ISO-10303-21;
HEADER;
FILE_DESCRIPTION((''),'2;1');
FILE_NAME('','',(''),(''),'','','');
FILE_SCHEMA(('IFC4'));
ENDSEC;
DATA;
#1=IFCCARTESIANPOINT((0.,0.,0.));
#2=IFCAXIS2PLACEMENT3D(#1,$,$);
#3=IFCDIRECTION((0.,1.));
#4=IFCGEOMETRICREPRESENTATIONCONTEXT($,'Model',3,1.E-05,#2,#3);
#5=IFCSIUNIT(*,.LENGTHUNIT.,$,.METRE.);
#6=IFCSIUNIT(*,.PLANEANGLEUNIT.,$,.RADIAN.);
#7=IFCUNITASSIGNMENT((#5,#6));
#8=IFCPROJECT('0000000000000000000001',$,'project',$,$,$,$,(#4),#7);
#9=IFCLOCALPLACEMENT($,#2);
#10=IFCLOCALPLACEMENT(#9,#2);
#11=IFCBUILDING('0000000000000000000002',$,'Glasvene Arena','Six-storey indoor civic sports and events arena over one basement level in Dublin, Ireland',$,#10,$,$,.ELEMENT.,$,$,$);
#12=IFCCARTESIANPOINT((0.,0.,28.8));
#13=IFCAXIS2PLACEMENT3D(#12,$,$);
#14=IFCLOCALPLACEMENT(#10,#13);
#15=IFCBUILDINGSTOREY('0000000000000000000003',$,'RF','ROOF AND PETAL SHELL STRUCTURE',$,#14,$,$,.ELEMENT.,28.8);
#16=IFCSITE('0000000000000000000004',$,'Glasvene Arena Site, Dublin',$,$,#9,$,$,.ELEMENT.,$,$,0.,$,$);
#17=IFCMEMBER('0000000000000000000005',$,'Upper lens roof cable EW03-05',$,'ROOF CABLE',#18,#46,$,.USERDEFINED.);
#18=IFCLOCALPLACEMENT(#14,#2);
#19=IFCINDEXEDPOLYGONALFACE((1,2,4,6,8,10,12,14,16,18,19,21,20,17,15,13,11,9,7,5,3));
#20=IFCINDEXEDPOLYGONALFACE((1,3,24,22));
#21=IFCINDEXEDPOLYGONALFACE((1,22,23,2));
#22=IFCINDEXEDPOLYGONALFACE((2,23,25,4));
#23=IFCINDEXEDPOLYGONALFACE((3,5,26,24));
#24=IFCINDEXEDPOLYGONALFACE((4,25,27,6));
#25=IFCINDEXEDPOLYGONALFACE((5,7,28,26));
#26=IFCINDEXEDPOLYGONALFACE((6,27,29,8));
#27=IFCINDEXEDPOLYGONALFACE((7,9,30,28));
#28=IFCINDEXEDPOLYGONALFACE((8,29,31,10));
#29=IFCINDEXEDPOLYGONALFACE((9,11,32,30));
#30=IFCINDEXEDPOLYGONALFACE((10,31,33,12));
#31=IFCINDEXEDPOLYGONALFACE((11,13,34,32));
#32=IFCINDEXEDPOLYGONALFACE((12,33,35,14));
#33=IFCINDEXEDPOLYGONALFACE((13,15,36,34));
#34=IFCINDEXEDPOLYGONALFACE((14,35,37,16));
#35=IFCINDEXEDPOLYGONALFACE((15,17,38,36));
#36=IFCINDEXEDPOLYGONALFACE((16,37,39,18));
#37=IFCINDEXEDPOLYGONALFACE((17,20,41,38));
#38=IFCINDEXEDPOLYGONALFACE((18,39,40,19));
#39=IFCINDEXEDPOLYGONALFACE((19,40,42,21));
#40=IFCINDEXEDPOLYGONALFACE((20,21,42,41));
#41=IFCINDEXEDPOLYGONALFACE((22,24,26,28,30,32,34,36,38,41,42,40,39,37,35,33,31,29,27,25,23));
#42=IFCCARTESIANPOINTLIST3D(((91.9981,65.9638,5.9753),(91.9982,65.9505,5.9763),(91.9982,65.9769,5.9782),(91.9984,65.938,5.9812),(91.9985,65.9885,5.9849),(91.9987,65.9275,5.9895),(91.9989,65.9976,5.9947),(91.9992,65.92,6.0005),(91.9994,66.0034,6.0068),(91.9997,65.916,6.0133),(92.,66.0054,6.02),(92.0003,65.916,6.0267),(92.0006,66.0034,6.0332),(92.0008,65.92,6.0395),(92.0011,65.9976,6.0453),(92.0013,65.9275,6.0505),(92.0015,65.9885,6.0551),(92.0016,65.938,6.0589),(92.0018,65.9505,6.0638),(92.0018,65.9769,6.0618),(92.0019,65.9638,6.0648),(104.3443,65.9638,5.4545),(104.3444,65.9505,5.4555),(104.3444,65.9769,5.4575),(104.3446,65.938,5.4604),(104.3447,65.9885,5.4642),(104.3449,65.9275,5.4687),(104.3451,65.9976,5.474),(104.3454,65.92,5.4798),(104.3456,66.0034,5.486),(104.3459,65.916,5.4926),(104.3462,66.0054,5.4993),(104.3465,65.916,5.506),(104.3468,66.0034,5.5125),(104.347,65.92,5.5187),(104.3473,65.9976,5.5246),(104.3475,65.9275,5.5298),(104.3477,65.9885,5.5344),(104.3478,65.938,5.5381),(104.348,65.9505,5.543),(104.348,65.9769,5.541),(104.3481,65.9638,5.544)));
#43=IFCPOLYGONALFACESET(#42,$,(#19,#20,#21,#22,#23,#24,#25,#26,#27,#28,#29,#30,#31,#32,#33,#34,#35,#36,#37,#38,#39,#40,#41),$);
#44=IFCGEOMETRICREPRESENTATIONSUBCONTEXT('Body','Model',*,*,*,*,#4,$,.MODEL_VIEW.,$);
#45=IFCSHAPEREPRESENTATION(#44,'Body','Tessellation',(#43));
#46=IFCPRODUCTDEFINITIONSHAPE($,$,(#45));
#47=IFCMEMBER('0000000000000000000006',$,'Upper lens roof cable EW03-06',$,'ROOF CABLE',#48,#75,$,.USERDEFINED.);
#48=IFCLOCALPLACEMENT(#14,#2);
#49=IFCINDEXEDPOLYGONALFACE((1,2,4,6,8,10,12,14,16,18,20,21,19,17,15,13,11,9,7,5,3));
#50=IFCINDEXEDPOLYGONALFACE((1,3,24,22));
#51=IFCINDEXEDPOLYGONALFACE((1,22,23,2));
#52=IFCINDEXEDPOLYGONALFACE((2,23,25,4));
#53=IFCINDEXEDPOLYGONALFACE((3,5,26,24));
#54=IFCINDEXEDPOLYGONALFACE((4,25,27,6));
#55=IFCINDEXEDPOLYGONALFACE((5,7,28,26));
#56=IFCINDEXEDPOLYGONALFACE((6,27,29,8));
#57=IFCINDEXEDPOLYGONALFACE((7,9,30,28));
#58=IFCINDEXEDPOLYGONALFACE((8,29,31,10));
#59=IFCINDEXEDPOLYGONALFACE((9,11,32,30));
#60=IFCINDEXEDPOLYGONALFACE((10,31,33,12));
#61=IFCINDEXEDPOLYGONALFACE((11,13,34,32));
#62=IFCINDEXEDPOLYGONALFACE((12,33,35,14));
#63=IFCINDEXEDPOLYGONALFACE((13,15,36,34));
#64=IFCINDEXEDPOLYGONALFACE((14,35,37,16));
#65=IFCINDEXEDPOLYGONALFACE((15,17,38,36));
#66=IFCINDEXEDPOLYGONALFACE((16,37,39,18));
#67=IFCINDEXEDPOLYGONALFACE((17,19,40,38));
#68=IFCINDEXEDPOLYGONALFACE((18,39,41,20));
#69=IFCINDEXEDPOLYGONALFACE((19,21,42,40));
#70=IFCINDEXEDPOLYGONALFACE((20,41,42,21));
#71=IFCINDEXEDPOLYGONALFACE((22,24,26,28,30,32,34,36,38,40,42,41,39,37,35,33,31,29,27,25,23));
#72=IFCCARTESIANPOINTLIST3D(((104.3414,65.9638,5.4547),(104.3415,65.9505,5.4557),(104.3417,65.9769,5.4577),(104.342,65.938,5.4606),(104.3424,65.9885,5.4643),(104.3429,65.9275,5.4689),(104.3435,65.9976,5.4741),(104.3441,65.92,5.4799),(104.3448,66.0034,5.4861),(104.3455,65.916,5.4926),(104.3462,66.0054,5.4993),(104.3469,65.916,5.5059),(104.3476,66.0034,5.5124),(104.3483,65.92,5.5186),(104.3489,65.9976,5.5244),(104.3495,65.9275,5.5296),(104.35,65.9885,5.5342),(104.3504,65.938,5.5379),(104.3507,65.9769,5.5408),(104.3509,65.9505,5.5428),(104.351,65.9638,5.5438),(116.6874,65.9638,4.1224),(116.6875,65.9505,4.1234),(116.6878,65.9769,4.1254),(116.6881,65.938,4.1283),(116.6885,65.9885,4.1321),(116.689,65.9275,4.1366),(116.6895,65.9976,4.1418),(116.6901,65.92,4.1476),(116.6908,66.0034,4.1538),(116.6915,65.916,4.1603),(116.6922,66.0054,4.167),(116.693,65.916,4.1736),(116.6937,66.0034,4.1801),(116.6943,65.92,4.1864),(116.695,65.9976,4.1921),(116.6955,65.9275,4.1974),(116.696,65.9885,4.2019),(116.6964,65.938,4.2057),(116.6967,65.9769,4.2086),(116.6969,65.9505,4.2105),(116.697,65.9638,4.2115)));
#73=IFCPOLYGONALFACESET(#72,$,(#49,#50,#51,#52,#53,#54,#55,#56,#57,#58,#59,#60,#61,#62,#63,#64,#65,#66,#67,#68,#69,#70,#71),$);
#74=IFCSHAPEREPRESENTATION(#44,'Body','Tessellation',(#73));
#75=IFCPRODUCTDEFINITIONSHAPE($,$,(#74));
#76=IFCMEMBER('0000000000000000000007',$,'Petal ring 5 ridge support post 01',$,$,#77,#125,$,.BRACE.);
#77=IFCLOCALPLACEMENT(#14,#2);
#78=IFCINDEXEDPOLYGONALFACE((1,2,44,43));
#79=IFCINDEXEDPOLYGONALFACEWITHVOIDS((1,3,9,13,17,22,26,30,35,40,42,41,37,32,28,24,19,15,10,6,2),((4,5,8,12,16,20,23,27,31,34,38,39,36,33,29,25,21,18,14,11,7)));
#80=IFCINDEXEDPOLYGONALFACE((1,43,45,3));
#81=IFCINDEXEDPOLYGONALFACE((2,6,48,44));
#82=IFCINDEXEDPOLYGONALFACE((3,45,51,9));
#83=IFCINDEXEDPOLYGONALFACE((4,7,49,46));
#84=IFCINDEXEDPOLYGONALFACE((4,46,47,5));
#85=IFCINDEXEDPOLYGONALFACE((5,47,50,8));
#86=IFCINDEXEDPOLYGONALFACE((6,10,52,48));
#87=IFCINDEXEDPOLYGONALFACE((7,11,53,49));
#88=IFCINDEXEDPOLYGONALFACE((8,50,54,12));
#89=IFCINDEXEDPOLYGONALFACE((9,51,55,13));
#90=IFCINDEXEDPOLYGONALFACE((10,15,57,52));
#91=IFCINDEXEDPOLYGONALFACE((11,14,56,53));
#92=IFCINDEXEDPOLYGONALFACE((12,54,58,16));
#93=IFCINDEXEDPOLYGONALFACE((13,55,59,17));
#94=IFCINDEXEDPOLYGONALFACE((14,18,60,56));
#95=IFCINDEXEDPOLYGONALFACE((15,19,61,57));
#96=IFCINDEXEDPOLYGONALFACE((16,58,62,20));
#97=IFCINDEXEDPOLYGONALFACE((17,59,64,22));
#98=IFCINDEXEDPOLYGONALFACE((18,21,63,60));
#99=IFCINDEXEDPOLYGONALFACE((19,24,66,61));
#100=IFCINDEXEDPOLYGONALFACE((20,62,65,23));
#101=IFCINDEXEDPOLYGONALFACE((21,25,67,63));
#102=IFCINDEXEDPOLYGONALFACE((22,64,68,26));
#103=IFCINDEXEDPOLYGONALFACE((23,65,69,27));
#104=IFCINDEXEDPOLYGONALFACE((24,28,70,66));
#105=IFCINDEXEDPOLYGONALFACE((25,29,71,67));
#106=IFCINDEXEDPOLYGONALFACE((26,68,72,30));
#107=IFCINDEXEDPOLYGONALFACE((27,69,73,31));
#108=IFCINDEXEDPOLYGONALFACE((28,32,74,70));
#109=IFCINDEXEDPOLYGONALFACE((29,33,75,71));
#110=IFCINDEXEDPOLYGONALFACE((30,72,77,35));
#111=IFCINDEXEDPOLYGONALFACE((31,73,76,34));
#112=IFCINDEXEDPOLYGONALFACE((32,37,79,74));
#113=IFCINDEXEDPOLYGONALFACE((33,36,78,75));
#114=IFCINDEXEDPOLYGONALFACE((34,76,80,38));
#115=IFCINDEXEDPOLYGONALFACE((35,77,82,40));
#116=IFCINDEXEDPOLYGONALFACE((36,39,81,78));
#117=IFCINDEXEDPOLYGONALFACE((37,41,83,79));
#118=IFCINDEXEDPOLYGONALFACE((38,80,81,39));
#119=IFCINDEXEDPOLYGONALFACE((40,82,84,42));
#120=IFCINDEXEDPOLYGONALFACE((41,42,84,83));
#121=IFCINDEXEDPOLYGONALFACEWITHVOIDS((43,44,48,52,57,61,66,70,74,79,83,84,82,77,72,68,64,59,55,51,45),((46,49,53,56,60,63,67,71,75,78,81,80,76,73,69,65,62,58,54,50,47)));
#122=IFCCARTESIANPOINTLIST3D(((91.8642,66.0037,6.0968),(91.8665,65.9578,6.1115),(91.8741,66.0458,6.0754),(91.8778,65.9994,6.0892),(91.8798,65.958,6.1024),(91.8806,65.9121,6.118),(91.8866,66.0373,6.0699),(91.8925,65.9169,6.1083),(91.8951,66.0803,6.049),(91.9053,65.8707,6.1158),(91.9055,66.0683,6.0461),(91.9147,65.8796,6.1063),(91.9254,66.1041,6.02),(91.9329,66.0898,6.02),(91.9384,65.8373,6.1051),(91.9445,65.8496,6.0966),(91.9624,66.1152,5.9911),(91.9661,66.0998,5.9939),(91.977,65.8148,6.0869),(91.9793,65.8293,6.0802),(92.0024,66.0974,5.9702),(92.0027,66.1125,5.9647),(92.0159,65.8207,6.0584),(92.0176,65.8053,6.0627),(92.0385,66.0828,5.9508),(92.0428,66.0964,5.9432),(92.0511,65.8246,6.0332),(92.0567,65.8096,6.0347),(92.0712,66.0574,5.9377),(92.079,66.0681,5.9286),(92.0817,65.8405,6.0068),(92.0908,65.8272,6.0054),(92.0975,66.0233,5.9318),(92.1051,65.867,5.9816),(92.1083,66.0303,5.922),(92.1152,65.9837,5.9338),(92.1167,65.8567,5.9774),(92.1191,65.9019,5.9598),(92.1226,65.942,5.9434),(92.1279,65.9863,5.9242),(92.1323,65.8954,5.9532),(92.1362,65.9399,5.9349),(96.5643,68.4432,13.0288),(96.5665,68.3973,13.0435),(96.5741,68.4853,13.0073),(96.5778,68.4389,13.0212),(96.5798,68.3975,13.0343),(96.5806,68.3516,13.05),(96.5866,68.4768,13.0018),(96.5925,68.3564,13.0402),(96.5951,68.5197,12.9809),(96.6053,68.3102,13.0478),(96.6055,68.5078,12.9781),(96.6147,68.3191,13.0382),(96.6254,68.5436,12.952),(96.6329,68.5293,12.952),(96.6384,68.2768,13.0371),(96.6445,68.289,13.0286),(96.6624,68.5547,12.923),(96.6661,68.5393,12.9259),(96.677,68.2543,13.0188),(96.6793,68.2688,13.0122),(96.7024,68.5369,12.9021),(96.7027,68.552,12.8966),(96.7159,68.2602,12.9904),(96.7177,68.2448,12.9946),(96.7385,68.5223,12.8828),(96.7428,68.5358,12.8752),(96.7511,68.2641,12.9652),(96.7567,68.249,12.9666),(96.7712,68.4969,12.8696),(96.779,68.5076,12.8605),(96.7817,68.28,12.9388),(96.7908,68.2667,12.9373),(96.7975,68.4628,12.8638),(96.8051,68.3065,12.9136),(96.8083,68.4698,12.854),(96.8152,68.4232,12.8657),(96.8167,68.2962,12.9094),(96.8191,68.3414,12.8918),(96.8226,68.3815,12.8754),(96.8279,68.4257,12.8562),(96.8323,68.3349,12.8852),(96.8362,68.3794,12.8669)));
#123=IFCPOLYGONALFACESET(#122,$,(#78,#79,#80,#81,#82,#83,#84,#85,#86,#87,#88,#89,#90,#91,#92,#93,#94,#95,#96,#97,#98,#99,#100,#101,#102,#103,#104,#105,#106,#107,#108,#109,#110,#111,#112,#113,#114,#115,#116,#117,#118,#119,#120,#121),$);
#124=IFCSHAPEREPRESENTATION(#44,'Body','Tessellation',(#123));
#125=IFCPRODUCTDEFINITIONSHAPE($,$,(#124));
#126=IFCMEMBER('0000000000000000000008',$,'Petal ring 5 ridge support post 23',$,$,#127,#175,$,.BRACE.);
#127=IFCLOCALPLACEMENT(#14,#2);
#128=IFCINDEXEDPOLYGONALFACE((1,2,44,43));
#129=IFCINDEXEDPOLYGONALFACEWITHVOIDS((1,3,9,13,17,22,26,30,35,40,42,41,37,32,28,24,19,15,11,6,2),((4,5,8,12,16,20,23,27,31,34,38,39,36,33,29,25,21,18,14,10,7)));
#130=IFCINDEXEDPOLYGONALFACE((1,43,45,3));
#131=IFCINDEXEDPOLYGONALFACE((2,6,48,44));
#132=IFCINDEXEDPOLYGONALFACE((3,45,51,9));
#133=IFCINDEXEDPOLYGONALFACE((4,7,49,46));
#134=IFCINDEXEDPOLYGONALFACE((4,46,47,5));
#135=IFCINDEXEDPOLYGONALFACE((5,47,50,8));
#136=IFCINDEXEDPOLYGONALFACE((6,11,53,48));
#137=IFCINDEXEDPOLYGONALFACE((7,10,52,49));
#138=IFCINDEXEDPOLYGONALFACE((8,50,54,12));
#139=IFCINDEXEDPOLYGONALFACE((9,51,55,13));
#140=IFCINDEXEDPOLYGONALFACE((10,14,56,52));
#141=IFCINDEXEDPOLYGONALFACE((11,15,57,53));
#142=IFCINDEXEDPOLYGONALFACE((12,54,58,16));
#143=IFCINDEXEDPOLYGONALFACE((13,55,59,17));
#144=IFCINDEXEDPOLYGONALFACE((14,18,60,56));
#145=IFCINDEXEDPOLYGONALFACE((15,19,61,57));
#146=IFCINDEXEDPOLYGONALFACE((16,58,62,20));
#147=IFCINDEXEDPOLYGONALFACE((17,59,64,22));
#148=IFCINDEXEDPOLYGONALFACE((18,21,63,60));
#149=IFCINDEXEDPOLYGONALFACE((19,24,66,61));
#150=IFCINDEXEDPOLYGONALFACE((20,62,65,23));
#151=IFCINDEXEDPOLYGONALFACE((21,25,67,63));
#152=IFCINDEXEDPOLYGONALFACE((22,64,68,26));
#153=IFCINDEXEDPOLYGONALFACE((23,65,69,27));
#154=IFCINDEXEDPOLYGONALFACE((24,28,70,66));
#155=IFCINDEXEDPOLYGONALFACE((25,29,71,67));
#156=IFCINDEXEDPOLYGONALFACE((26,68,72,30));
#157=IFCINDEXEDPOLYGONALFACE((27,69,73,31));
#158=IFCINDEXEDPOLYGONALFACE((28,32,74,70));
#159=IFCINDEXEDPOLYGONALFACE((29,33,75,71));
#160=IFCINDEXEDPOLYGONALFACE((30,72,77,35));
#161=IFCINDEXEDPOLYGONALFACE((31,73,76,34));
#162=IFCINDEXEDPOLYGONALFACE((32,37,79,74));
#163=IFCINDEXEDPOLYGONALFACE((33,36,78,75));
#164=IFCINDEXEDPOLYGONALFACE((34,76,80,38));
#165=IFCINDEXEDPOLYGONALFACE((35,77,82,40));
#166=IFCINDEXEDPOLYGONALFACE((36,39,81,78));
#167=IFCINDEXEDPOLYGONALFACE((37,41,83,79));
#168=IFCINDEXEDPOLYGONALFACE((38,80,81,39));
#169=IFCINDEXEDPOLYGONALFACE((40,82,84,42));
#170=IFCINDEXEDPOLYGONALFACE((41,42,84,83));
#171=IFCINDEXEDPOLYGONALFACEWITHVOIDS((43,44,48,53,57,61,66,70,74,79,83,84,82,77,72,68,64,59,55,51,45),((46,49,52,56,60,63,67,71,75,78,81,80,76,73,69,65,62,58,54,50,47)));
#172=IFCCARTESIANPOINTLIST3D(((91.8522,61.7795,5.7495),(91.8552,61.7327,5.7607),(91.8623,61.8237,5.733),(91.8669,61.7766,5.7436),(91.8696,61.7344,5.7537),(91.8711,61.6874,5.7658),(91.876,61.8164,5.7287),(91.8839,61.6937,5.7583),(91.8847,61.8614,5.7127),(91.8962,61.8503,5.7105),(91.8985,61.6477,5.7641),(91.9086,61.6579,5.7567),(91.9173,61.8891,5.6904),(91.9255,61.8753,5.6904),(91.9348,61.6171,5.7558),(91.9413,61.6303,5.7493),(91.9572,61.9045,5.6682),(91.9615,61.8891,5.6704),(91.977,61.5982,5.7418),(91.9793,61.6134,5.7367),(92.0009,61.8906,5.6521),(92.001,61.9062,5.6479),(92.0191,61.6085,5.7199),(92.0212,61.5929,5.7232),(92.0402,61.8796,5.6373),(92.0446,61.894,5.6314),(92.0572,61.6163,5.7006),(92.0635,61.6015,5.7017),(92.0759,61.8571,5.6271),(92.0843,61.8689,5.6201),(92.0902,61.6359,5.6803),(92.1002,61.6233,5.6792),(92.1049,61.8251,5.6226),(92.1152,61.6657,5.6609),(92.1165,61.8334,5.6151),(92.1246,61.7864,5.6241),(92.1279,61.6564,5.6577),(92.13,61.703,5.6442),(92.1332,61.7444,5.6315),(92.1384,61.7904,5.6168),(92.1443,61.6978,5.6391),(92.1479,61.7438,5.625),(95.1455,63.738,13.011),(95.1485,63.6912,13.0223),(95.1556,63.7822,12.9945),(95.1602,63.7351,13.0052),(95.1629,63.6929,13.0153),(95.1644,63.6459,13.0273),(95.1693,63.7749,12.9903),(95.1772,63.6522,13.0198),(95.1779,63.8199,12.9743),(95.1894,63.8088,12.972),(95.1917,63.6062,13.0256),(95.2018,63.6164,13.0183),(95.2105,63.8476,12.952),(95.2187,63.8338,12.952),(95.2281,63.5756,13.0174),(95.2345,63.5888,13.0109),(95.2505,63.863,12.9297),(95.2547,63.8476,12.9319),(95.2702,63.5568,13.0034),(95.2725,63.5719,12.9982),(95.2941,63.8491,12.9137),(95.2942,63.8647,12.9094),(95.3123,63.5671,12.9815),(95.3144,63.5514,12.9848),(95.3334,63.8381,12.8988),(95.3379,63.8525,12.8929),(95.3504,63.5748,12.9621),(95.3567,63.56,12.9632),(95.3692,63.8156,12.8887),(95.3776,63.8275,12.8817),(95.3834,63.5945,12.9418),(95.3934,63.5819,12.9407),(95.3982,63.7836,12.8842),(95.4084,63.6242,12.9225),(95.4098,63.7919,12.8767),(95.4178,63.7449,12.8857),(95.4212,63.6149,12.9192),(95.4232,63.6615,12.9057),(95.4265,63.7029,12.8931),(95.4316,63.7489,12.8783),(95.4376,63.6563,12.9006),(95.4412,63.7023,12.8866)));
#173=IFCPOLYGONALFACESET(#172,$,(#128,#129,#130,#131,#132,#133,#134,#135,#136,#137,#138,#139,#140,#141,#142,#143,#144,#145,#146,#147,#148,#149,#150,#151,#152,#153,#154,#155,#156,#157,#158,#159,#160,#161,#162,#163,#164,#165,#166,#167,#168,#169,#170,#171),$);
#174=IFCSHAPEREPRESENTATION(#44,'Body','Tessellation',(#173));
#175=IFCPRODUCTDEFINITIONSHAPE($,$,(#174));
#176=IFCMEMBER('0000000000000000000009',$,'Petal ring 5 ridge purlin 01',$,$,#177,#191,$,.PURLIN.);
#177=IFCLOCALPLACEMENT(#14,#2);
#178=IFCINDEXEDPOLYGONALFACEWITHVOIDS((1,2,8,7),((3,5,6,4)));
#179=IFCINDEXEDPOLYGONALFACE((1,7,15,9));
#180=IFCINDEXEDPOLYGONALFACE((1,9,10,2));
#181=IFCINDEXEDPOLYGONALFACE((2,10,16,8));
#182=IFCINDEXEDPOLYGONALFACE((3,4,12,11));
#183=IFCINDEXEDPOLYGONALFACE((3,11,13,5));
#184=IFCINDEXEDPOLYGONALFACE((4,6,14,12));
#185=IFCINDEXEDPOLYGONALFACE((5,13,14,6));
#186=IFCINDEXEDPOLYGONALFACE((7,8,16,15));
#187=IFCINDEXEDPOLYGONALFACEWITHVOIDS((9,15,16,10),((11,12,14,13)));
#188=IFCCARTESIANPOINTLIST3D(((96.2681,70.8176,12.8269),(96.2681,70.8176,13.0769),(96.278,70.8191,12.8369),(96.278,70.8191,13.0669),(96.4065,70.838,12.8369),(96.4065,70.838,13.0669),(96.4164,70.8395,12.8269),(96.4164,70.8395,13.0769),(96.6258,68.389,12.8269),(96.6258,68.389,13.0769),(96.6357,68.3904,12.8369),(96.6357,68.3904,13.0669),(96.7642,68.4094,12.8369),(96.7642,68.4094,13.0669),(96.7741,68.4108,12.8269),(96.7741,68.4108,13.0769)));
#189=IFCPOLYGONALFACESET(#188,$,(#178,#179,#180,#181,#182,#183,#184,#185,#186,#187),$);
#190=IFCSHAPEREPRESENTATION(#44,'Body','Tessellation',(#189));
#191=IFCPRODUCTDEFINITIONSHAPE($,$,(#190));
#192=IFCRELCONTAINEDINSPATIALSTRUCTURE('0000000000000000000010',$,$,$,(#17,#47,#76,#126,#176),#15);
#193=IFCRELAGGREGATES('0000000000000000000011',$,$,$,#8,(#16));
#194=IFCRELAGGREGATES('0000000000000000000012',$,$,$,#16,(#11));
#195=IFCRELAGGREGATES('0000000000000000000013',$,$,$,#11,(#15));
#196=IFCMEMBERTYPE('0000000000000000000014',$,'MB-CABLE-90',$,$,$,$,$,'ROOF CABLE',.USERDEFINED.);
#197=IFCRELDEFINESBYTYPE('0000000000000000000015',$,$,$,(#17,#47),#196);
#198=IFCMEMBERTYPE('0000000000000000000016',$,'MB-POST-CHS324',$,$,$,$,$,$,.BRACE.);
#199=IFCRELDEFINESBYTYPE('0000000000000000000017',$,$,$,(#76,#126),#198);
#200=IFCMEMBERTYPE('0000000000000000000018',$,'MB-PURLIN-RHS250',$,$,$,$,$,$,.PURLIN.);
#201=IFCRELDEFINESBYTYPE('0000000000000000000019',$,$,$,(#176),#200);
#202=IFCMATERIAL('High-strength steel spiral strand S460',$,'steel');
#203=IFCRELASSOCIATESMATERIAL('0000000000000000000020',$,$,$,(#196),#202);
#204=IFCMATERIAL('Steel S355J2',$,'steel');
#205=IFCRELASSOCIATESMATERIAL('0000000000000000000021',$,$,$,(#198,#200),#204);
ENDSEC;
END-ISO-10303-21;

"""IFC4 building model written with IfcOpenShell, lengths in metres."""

from ifc_helpers import new_model, si_unit, direction, frame, origin, origin_2d, place, context, subcontext, project, spatial, hollow_rectangle, circle, hollow_circle, extrude, material, material_profile, profile_set, type_object, element, save


model = new_model("IFC4")

# Units and contexts
model_context = context("Model", 3, precision=1e-05, world=origin(), true_north=direction((0.0, 1.0)))
body_context = subcontext(model_context, "Body", "Model", "MODEL_VIEW")
ifc_project = project(units=[si_unit("LENGTHUNIT", "METRE"), si_unit("PLANEANGLEUNIT", "RADIAN")], contexts=[model_context])

# Site, building, storey
site_placement = place(None, origin())
site = spatial("IfcSite", under=ifc_project, at=site_placement, Name="Glasvene Arena Site, Dublin", CompositionType="ELEMENT", RefElevation=0.0)
building_placement = place(site_placement, origin())
building = spatial("IfcBuilding", under=site, at=building_placement, Name="Glasvene Arena", Description="Six-storey indoor civic sports and events arena over one basement level in Dublin, Ireland", CompositionType="ELEMENT")
storey_placement = place(building_placement, frame((0.0, 0.0, 28.8)))
storey = spatial("IfcBuildingStorey", under=building, at=storey_placement, Name="RF", Description="ROOF AND PETAL SHELL STRUCTURE", CompositionType="ELEMENT", Elevation=28.8)

# Shared definitions
ifc_material_1 = material(Name="Steel S355J2", Category="steel")

# Members
ifc_material_2 = material(Name="High-strength steel spiral strand S460", Category="steel")
ifc_material_profile_1 = material_profile(ifc_material_2, circle(Radius=0.0449, at=origin_2d()), Name="LCSS D90")
ifc_profile_set_1 = profile_set([ifc_material_profile_1], Name="High-strength steel spiral strand S460")
member_type_1 = type_object("IfcMemberType", Name="MB-CABLE-90", ElementType="ROOF CABLE", PredefinedType="USERDEFINED", material=ifc_profile_set_1)
member_1_placement = place(storey_placement, frame((92.0, 65.9604, 6.02), z_axis=(0.999112, 0.0, -0.042142), x_axis=(0.0, 1.0, 0.0)))
element("IfcMember", 1, at=member_1_placement, inside=storey, type_object=member_type_1, Name="Upper lens roof cable EW03-05", ObjectType="ROOF CABLE", PredefinedType="USERDEFINED", context=body_context, shape_type="SweptSolid", body=[
    extrude(circle(Radius=0.0449, at=origin_2d()), origin(), (0.0, 0.0, 1.0), 12.3572),
])
member_2_placement = place(storey_placement, frame((104.3462, 65.9604, 5.4993), z_axis=(0.994228, 0.0, -0.107289), x_axis=(0.0, 1.0, 0.0)))
element("IfcMember", 2, at=member_2_placement, inside=storey, type_object=member_type_1, Name="Upper lens roof cable EW03-06", ObjectType="ROOF CABLE", PredefinedType="USERDEFINED", context=body_context, shape_type="SweptSolid", body=[
    extrude(circle(Radius=0.0449, at=origin_2d()), origin(), (0.0, 0.0, 1.0), 12.4177),
])
ifc_material_profile_2 = material_profile(ifc_material_1, hollow_circle(Radius=0.1619, WallThickness=0.0161, at=origin_2d()), Name="CHS 323.9x16.0")
ifc_profile_set_2 = profile_set([ifc_material_profile_2], Name="Steel S355J2")
member_type_2 = type_object("IfcMemberType", Name="MB-POST-CHS324", PredefinedType="BRACE", material=ifc_profile_set_2)
member_3_placement = place(storey_placement, frame((92.0, 65.9604, 6.02), z_axis=(0.538797, 0.279656, 0.794663), x_axis=(-0.46068, 0.887566, 0.0)))
element("IfcMember", 3, at=member_3_placement, inside=storey, type_object=member_type_2, Name="Petal ring 5 ridge support post 01", PredefinedType="BRACE", context=body_context, shape_type="SweptSolid", body=[
    extrude(hollow_circle(Radius=0.1619, WallThickness=0.0161, at=origin_2d()), origin(), (0.0, 0.0, 1.0), 8.7231),
])
member_4_placement = place(storey_placement, frame((92.0, 61.75, 5.6904), z_axis=(0.401105, 0.23854, 0.884429), x_axis=(-0.511147, 0.859494, 0.0)))
element("IfcMember", 4, at=member_4_placement, inside=storey, type_object=member_type_2, Name="Petal ring 5 ridge support post 23", PredefinedType="BRACE", context=body_context, shape_type="SweptSolid", body=[
    extrude(hollow_circle(Radius=0.1619, WallThickness=0.0161, at=origin_2d()), origin(), (0.0, 0.0, 1.0), 8.2104),
])
ifc_material_profile_3 = material_profile(ifc_material_1, hollow_rectangle(XDim=0.1499, YDim=0.25, WallThickness=0.01, at=origin_2d()), Name="RHS 250x150x10.0")
ifc_profile_set_3 = profile_set([ifc_material_profile_3], Name="Steel S355J2")
member_type_3 = type_object("IfcMemberType", Name="MB-PURLIN-RHS250", PredefinedType="PURLIN", material=ifc_profile_set_3)
member_5_placement = place(storey_placement, frame((96.7, 68.3999, 12.9519), z_axis=(-0.145694, 0.98933, 0.0), x_axis=(-0.98933, -0.145694, 0.0)))
element("IfcMember", 5, at=member_5_placement, inside=storey, type_object=member_type_3, Name="Petal ring 5 ridge purlin 01", PredefinedType="PURLIN", context=body_context, shape_type="SweptSolid", body=[
    extrude(hollow_rectangle(XDim=0.1499, YDim=0.25, WallThickness=0.01, at=origin_2d()), origin(), (0.0, 0.0, 1.0), 2.4548),
])

save(model, "model.ifc")
